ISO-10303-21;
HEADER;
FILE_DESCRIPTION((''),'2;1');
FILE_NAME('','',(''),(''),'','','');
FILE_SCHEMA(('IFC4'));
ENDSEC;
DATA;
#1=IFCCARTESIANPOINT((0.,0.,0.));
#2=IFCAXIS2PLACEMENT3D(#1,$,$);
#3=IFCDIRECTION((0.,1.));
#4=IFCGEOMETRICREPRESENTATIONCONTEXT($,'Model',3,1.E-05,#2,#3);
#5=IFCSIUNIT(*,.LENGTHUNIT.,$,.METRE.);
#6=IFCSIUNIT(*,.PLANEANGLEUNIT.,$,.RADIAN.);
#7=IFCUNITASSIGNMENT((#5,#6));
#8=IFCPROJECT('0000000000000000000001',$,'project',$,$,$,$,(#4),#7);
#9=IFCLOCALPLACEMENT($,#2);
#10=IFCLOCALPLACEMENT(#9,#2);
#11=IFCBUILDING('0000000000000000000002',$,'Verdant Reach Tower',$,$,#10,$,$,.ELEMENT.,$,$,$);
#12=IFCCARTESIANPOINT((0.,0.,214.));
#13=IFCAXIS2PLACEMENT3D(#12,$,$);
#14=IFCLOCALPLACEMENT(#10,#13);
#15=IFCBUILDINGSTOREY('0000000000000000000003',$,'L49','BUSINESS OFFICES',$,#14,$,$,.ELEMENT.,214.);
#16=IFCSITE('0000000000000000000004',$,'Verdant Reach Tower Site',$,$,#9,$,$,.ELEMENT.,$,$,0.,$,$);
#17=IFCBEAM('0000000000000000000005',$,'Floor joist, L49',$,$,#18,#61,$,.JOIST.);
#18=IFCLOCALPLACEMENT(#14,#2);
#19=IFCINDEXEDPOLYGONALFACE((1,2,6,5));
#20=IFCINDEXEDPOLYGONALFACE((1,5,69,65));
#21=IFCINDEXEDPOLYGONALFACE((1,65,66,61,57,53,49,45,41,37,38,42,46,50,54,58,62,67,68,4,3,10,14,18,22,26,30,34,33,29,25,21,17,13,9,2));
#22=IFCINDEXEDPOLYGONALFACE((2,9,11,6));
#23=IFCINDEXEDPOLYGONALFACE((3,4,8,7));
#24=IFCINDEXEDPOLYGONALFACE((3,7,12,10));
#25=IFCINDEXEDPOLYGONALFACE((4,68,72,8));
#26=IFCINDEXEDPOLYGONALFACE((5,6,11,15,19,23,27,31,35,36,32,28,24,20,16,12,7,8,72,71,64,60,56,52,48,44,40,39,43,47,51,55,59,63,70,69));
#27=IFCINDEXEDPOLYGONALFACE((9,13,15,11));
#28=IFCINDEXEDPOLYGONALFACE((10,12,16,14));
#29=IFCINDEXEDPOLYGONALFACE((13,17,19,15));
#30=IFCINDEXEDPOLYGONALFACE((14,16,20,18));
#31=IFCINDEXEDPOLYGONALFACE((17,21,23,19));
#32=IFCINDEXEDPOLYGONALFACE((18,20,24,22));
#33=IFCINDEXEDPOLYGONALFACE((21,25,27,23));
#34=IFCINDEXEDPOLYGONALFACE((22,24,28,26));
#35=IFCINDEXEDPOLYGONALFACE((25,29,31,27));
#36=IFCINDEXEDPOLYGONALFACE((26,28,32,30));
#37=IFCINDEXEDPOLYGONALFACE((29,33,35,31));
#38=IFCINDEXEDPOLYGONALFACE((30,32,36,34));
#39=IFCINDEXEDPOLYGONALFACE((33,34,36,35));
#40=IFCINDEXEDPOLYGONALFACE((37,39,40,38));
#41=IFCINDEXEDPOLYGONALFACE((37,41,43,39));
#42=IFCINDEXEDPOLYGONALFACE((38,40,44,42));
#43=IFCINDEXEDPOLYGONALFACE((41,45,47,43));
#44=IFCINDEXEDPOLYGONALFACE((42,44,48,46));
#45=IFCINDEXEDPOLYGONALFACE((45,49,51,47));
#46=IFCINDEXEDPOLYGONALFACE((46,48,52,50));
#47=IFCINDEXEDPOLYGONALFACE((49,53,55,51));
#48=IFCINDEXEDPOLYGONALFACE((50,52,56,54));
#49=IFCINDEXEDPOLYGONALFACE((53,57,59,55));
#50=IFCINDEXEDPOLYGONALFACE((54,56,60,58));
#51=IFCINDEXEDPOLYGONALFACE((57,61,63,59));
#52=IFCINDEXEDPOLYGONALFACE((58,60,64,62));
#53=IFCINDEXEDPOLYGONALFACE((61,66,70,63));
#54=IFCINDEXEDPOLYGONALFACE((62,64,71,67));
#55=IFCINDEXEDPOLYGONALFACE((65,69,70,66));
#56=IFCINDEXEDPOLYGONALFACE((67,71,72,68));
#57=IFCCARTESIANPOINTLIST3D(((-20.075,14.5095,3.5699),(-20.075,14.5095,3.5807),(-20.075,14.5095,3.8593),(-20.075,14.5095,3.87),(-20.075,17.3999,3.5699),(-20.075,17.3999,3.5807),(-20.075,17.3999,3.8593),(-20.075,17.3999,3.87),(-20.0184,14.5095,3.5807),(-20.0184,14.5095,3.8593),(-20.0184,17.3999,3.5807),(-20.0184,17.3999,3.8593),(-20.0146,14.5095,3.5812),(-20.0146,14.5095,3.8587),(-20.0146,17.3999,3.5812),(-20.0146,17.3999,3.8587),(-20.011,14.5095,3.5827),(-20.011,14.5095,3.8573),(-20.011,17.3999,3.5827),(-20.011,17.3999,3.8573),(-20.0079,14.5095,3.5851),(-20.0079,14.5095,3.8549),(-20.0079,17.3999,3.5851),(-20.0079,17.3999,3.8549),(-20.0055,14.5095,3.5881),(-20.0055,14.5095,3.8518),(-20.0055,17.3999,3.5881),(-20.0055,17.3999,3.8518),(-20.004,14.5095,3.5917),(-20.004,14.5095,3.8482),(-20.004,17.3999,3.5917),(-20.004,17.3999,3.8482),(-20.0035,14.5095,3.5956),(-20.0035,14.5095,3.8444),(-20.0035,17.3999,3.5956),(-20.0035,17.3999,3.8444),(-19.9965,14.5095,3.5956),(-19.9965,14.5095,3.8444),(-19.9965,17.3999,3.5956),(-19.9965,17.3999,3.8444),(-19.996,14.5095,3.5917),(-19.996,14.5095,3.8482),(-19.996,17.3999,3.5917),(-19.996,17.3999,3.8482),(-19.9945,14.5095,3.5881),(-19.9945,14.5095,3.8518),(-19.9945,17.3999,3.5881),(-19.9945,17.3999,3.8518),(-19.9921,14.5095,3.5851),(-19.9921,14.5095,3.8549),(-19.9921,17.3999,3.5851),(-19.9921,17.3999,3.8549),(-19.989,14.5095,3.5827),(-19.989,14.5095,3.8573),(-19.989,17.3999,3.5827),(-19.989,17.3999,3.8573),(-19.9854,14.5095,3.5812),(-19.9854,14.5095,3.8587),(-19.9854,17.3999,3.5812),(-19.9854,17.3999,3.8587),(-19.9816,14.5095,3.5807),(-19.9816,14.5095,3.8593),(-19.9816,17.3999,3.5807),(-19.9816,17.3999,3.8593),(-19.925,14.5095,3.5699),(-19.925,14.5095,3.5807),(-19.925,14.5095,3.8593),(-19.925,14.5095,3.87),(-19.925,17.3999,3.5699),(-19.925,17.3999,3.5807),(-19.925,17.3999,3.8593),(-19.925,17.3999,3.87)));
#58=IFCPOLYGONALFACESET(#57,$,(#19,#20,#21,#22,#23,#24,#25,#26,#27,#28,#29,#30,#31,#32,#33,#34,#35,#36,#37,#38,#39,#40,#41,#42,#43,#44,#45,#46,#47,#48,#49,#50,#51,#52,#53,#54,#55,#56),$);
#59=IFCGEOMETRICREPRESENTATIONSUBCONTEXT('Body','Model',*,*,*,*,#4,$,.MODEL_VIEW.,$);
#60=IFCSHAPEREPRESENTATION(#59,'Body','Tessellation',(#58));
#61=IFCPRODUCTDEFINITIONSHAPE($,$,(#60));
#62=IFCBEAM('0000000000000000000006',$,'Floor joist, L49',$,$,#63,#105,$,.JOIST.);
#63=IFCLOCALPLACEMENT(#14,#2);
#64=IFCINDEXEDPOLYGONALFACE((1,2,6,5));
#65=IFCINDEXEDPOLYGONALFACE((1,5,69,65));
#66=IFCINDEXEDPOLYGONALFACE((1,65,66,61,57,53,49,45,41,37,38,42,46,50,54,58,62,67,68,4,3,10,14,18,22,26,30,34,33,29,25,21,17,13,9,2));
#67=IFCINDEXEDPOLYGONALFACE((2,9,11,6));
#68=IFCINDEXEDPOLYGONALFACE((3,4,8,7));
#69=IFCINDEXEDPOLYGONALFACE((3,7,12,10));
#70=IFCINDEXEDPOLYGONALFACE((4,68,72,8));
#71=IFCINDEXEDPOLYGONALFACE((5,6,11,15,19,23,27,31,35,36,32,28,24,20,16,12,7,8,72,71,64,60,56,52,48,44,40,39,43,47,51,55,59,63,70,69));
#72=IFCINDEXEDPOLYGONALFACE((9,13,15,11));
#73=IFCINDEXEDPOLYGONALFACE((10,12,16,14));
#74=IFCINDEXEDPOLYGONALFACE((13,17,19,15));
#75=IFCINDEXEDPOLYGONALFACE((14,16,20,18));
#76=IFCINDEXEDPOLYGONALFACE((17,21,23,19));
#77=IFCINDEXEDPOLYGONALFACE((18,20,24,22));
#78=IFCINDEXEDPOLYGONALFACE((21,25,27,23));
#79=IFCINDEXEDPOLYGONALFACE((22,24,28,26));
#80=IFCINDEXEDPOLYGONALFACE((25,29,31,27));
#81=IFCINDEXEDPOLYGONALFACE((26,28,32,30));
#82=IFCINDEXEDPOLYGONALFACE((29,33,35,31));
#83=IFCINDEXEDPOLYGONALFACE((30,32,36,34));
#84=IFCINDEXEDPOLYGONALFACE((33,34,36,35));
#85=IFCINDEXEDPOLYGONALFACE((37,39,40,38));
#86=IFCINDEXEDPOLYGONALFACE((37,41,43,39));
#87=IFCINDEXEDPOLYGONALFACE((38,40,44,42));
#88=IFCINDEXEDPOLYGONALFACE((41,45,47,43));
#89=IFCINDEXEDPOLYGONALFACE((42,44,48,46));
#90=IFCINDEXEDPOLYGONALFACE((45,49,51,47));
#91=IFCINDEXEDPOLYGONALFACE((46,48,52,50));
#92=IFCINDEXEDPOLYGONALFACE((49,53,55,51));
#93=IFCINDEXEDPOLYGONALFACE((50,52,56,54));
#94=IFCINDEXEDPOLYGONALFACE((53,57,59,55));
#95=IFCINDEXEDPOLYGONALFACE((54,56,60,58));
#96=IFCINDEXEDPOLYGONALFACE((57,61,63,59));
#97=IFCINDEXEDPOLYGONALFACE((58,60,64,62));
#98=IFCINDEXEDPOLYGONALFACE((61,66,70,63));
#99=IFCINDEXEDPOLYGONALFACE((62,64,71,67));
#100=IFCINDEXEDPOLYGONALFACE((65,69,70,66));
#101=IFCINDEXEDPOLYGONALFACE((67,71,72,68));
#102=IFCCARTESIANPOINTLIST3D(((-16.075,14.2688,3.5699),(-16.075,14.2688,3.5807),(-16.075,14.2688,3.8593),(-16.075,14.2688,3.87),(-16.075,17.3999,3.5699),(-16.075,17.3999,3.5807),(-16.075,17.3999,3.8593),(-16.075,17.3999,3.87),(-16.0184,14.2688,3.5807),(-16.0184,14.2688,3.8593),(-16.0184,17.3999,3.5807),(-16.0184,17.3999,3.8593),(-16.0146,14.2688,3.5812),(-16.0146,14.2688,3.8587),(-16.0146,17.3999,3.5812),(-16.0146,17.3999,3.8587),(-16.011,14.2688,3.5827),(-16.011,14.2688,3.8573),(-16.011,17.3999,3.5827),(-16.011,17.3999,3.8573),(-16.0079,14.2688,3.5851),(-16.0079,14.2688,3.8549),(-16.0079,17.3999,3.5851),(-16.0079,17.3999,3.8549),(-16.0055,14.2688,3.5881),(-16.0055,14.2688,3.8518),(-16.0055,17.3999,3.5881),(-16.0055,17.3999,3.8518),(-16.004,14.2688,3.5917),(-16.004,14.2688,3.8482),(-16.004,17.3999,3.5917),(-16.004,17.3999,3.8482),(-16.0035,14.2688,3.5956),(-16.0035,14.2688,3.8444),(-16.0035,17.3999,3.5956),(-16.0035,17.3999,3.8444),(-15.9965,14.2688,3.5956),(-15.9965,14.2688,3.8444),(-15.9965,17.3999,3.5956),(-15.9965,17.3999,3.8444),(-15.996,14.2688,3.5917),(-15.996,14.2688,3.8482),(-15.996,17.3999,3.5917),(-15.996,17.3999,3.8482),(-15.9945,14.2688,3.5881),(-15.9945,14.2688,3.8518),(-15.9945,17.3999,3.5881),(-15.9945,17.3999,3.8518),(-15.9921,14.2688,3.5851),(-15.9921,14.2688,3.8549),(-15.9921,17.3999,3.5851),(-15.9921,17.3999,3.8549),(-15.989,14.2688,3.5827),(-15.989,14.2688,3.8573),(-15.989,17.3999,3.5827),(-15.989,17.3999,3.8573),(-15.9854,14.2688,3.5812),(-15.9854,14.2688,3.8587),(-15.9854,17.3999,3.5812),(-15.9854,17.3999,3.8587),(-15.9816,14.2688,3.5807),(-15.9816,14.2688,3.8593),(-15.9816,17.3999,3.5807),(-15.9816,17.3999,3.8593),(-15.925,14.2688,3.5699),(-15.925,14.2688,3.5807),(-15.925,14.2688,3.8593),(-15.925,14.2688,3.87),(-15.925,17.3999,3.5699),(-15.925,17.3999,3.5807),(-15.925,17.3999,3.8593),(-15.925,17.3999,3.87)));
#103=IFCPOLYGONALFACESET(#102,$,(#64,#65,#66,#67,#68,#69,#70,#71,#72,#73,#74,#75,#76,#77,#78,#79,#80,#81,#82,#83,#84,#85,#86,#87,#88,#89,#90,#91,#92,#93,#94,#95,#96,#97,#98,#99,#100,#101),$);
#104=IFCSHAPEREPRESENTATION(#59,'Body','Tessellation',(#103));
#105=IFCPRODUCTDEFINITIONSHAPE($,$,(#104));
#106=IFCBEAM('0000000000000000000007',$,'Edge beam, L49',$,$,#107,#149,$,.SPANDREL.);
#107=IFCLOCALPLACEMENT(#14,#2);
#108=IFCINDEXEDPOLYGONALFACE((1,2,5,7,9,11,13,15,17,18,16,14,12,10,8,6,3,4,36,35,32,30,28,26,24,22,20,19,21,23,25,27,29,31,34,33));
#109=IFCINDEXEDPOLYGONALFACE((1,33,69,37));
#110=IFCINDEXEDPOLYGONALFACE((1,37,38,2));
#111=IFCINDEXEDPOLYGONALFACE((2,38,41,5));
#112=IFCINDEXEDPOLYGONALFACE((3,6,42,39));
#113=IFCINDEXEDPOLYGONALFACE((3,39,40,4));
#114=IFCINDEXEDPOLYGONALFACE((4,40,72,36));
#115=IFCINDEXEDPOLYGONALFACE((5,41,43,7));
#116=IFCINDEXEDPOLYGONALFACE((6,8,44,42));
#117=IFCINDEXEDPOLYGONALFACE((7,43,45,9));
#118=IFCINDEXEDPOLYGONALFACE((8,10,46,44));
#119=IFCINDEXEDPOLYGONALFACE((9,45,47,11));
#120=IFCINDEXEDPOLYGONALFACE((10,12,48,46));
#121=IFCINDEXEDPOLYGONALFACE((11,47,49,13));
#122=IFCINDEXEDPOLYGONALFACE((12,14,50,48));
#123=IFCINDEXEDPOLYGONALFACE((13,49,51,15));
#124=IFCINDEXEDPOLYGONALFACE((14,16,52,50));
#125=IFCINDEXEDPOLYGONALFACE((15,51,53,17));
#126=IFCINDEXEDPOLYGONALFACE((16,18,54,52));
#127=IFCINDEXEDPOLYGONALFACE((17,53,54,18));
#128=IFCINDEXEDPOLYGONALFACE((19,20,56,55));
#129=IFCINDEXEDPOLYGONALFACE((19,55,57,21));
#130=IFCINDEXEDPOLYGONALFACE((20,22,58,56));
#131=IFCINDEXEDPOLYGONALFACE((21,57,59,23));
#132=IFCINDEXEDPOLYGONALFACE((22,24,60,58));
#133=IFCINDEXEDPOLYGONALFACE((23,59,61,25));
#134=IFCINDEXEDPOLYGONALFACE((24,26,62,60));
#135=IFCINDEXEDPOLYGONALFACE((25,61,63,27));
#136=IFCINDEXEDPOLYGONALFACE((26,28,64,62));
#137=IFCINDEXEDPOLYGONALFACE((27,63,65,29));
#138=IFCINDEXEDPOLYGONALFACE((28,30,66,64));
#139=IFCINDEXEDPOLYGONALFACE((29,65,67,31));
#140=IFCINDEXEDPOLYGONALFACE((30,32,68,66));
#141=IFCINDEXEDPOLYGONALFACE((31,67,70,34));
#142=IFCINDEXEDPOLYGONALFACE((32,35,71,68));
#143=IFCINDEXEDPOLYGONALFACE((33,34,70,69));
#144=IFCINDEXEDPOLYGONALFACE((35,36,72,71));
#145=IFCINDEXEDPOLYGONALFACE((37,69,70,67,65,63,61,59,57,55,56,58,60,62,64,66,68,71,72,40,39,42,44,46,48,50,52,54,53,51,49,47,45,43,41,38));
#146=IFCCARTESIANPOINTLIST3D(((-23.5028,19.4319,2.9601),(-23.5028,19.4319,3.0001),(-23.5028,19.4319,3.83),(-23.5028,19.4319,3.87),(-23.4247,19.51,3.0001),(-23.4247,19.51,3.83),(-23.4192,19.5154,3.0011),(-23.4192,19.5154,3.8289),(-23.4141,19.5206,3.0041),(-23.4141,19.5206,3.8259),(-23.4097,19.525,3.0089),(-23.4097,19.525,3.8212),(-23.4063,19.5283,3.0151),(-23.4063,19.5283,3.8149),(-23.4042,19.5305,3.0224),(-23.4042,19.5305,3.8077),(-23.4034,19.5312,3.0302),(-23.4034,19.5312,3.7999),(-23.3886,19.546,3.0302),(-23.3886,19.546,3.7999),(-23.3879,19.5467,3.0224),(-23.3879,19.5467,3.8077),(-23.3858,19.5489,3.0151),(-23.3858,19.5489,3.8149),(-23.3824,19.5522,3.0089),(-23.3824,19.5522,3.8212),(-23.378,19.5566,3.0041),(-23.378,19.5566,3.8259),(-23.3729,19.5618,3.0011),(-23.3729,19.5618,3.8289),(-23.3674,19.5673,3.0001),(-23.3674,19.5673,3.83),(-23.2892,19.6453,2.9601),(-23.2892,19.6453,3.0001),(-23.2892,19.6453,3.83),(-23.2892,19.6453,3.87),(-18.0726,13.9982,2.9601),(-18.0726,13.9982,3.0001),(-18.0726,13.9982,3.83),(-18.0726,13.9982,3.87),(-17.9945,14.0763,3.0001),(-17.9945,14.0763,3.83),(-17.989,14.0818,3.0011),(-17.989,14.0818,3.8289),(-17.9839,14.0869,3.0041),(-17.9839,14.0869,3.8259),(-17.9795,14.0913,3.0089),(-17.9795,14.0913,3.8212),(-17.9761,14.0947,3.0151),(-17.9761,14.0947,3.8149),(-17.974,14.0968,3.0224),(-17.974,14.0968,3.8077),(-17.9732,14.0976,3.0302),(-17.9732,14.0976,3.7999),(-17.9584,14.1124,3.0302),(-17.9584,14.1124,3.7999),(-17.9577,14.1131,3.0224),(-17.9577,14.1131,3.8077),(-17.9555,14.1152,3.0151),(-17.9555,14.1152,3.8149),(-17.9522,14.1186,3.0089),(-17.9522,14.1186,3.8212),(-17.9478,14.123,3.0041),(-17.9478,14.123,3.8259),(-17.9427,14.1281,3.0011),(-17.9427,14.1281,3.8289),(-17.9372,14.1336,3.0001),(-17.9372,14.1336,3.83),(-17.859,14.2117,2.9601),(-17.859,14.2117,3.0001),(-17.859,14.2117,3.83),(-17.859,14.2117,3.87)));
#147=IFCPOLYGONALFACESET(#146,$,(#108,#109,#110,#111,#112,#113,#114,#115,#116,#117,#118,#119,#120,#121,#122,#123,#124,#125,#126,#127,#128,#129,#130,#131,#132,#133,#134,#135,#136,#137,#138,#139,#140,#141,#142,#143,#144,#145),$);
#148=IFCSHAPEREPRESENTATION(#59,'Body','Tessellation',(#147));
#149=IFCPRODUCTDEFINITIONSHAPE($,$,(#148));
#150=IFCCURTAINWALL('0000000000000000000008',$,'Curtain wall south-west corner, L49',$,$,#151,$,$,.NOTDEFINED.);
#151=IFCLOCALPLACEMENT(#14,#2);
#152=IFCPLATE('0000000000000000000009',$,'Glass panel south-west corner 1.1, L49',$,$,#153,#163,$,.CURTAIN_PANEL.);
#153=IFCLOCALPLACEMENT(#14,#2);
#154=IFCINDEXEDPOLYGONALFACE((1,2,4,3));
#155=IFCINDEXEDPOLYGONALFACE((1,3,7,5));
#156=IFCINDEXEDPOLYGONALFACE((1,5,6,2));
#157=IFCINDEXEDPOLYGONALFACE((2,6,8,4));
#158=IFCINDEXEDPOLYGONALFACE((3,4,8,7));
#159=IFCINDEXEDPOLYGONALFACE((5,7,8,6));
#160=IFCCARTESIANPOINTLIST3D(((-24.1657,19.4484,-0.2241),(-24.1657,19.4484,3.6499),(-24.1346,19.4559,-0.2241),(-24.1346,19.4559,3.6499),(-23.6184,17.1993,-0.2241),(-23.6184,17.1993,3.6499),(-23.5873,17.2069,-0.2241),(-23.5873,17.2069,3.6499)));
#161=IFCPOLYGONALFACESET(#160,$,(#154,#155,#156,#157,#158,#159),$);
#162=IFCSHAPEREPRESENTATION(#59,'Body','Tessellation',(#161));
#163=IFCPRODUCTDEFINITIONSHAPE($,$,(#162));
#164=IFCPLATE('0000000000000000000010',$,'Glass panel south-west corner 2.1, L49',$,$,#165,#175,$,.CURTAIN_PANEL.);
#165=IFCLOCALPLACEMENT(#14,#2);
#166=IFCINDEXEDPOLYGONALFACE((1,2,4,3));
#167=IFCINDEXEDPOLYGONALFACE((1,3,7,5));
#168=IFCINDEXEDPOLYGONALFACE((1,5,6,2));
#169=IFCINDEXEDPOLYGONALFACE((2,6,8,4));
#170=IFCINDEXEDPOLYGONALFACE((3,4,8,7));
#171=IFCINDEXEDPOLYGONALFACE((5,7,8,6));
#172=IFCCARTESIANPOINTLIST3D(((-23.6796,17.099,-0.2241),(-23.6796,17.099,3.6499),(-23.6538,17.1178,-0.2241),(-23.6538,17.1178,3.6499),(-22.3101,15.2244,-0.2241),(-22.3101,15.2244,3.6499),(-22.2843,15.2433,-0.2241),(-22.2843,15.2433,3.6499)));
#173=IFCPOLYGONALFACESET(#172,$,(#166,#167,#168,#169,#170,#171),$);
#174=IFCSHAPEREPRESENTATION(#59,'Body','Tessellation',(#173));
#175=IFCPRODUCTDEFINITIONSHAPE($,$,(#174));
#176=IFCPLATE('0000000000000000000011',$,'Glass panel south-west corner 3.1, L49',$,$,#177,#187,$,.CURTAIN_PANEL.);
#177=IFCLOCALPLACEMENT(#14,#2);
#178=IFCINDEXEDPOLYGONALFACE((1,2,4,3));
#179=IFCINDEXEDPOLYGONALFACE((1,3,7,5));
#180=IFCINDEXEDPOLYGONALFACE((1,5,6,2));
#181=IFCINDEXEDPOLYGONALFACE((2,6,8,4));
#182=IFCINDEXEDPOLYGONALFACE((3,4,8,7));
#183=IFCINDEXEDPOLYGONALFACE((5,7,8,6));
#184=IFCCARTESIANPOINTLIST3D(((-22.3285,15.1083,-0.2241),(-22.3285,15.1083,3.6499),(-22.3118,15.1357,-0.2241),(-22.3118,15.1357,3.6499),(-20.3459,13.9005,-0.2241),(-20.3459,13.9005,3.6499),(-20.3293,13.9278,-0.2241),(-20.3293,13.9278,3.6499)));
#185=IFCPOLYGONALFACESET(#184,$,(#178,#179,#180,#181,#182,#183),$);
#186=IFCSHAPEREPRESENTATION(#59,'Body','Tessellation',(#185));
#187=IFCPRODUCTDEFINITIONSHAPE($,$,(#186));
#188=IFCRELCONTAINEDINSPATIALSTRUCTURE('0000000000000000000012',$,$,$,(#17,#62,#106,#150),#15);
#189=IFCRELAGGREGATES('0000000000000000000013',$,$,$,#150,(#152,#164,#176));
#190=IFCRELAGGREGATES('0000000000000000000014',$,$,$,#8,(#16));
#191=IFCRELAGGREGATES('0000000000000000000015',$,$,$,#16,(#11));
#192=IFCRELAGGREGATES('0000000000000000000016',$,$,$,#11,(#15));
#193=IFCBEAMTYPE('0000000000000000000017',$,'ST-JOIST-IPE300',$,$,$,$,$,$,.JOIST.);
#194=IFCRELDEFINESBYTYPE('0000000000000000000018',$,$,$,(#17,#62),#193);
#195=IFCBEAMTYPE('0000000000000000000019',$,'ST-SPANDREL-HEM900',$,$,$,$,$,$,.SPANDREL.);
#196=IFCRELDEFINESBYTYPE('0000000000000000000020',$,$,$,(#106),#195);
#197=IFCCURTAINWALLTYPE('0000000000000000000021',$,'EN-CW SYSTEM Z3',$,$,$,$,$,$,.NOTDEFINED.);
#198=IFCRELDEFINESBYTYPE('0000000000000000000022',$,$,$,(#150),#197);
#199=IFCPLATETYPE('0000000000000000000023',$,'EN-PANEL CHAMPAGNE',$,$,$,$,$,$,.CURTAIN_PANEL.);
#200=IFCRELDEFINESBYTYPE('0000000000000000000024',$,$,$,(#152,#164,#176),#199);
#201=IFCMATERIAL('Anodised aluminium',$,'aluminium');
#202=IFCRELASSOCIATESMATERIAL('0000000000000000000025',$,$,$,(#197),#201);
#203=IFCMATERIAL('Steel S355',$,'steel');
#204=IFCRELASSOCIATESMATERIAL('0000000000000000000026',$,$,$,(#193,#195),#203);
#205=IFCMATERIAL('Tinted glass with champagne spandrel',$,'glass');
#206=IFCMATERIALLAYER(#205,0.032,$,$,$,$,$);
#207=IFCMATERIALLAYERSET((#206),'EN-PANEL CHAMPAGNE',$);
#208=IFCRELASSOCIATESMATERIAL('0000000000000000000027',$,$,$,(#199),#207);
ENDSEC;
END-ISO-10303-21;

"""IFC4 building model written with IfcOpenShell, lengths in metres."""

from ifc_helpers import new_model, si_unit, direction, frame, origin, origin_2d, place, context, subcontext, project, spatial, rectangle, i_section, extrude, material, layer, layer_set, material_profile, profile_set, type_object, element, aggregate, save


model = new_model("IFC4")

# Units and contexts
model_context = context("Model", 3, precision=1e-05, world=origin(), true_north=direction((0.0, 1.0)))
body_context = subcontext(model_context, "Body", "Model", "MODEL_VIEW")
ifc_project = project(units=[si_unit("LENGTHUNIT", "METRE"), si_unit("PLANEANGLEUNIT", "RADIAN")], contexts=[model_context])

# Site, building, storey
site_placement = place(None, origin())
site = spatial("IfcSite", under=ifc_project, at=site_placement, Name="Verdant Reach Tower Site", CompositionType="ELEMENT", RefElevation=0.0)
building_placement = place(site_placement, origin())
building = spatial("IfcBuilding", under=site, at=building_placement, Name="Verdant Reach Tower", CompositionType="ELEMENT")
storey_placement = place(building_placement, frame((0.0, 0.0, 214.0)))
storey = spatial("IfcBuildingStorey", under=building, at=storey_placement, Name="L49", Description="BUSINESS OFFICES", CompositionType="ELEMENT", Elevation=214.0)

# Shared definitions
ifc_material_1 = material(Name="Anodised aluminium", Category="aluminium")
curtain_wall_type = type_object("IfcCurtainWallType", Name="EN-CW SYSTEM Z3", PredefinedType="NOTDEFINED", material=ifc_material_1)

# Beams
ifc_material_2 = material(Name="Steel S355", Category="steel")
ifc_material_profile_1 = material_profile(ifc_material_2, i_section(OverallWidth=0.1499, OverallDepth=0.3, WebThickness=0.0071, FlangeThickness=0.0107, FilletRadius=0.0149, at=origin_2d()), Name="IPE 300")
ifc_profile_set_1 = profile_set([ifc_material_profile_1], Name="Steel S355")
beam_type_1 = type_object("IfcBeamType", Name="ST-JOIST-IPE300", PredefinedType="JOIST", material=ifc_profile_set_1)
beam_1_placement = place(storey_placement, frame((-20.0, 17.3999, 3.72), z_axis=(0.0, -1.0, 0.0), x_axis=(1.0, 0.0, 0.0)))
element("IfcBeam", 1, at=beam_1_placement, inside=storey, type_object=beam_type_1, Name="Floor joist, L49", PredefinedType="JOIST", context=body_context, shape_type="SweptSolid", body=[
    extrude(i_section(OverallWidth=0.1499, OverallDepth=0.3, WebThickness=0.0071, FlangeThickness=0.0107, FilletRadius=0.0149, at=origin_2d()), origin(), (0.0, 0.0, 1.0), 2.8904),
])
beam_2_placement = place(storey_placement, frame((-16.0, 17.3999, 3.72), z_axis=(0.0, -1.0, 0.0), x_axis=(1.0, 0.0, 0.0)))
element("IfcBeam", 2, at=beam_2_placement, inside=storey, type_object=beam_type_1, Name="Floor joist, L49", PredefinedType="JOIST", context=body_context, shape_type="SweptSolid", body=[
    extrude(i_section(OverallWidth=0.1499, OverallDepth=0.3, WebThickness=0.0071, FlangeThickness=0.0107, FilletRadius=0.0149, at=origin_2d()), origin(), (0.0, 0.0, 1.0), 3.1311),
])
ifc_material_profile_2 = material_profile(ifc_material_2, i_section(OverallWidth=0.302, OverallDepth=0.9099, WebThickness=0.021, FlangeThickness=0.04, FilletRadius=0.03, at=origin_2d()), Name="HEM 900")
ifc_profile_set_2 = profile_set([ifc_material_profile_2], Name="Steel S355")
beam_type_2 = type_object("IfcBeamType", Name="ST-SPANDREL-HEM900", PredefinedType="SPANDREL", material=ifc_profile_set_2)
beam_3_placement = place(storey_placement, frame((-17.9658, 14.105, 3.415), z_axis=(-0.706884, 0.707329, 0.0), x_axis=(-0.707329, -0.706884, 0.0)))
element("IfcBeam", 3, at=beam_3_placement, inside=storey, type_object=beam_type_2, Name="Edge beam, L49", PredefinedType="SPANDREL", context=body_context, shape_type="SweptSolid", body=[
    extrude(i_section(OverallWidth=0.302, OverallDepth=0.9099, WebThickness=0.021, FlangeThickness=0.04, FilletRadius=0.03, at=origin_2d()), origin(), (0.0, 0.0, 1.0), 7.6819),
])

# Curtain wall, plates
curtain_wall_1_placement = place(storey_placement, origin())
curtain_wall_1 = element("IfcCurtainWall", 4, at=curtain_wall_1_placement, inside=storey, type_object=curtain_wall_type, Name="Curtain wall south-west corner, L49", PredefinedType="NOTDEFINED")
ifc_material_3 = material(Name="Tinted glass with champagne spandrel", Category="glass")
ifc_layer_1 = layer(ifc_material_3, 0.032)
ifc_layer_set_1 = layer_set([ifc_layer_1], Name="EN-PANEL CHAMPAGNE")
plate_type_1 = type_object("IfcPlateType", Name="EN-PANEL CHAMPAGNE", PredefinedType="CURTAIN_PANEL", material=ifc_layer_set_1)
plate_1_placement = place(storey_placement, frame((-23.8765, 18.3276, -0.2241), z_axis=(0.0, 0.0, 1.0), x_axis=(0.236446, -0.971645, 0.0)))
plate_1 = element("IfcPlate", 5, at=plate_1_placement, type_object=plate_type_1, Name="Glass panel south-west corner 1.1, L49", PredefinedType="CURTAIN_PANEL", context=body_context, shape_type="SweptSolid", body=[
    extrude(rectangle(XDim=2.3147, YDim=0.032, at=origin_2d()), origin(), (0.0, 0.0, 1.0), 3.874),
])
plate_2_placement = place(storey_placement, frame((-22.9819, 16.1711, -0.2241), z_axis=(0.0, 0.0, 1.0), x_axis=(0.589927, -0.807457, 0.0)))
plate_2 = element("IfcPlate", 6, at=plate_2_placement, type_object=plate_type_1, Name="Glass panel south-west corner 2.1, L49", PredefinedType="CURTAIN_PANEL", context=body_context, shape_type="SweptSolid", body=[
    extrude(rectangle(XDim=2.3215, YDim=0.032, at=origin_2d()), origin(), (0.0, 0.0, 1.0), 3.874),
])
plate_3_placement = place(storey_placement, frame((-21.3289, 14.5181, -0.2241), z_axis=(0.0, 0.0, 1.0), x_axis=(0.853989, -0.520292, 0.0)))
plate_3 = element("IfcPlate", 7, at=plate_3_placement, type_object=plate_type_1, Name="Glass panel south-west corner 3.1, L49", PredefinedType="CURTAIN_PANEL", context=body_context, shape_type="SweptSolid", body=[
    extrude(rectangle(XDim=2.3215, YDim=0.032, at=origin_2d()), origin(), (0.0, 0.0, 1.0), 3.874),
])

aggregate(curtain_wall_1, [plate_1, plate_2, plate_3])

save(model, "model.ifc")
